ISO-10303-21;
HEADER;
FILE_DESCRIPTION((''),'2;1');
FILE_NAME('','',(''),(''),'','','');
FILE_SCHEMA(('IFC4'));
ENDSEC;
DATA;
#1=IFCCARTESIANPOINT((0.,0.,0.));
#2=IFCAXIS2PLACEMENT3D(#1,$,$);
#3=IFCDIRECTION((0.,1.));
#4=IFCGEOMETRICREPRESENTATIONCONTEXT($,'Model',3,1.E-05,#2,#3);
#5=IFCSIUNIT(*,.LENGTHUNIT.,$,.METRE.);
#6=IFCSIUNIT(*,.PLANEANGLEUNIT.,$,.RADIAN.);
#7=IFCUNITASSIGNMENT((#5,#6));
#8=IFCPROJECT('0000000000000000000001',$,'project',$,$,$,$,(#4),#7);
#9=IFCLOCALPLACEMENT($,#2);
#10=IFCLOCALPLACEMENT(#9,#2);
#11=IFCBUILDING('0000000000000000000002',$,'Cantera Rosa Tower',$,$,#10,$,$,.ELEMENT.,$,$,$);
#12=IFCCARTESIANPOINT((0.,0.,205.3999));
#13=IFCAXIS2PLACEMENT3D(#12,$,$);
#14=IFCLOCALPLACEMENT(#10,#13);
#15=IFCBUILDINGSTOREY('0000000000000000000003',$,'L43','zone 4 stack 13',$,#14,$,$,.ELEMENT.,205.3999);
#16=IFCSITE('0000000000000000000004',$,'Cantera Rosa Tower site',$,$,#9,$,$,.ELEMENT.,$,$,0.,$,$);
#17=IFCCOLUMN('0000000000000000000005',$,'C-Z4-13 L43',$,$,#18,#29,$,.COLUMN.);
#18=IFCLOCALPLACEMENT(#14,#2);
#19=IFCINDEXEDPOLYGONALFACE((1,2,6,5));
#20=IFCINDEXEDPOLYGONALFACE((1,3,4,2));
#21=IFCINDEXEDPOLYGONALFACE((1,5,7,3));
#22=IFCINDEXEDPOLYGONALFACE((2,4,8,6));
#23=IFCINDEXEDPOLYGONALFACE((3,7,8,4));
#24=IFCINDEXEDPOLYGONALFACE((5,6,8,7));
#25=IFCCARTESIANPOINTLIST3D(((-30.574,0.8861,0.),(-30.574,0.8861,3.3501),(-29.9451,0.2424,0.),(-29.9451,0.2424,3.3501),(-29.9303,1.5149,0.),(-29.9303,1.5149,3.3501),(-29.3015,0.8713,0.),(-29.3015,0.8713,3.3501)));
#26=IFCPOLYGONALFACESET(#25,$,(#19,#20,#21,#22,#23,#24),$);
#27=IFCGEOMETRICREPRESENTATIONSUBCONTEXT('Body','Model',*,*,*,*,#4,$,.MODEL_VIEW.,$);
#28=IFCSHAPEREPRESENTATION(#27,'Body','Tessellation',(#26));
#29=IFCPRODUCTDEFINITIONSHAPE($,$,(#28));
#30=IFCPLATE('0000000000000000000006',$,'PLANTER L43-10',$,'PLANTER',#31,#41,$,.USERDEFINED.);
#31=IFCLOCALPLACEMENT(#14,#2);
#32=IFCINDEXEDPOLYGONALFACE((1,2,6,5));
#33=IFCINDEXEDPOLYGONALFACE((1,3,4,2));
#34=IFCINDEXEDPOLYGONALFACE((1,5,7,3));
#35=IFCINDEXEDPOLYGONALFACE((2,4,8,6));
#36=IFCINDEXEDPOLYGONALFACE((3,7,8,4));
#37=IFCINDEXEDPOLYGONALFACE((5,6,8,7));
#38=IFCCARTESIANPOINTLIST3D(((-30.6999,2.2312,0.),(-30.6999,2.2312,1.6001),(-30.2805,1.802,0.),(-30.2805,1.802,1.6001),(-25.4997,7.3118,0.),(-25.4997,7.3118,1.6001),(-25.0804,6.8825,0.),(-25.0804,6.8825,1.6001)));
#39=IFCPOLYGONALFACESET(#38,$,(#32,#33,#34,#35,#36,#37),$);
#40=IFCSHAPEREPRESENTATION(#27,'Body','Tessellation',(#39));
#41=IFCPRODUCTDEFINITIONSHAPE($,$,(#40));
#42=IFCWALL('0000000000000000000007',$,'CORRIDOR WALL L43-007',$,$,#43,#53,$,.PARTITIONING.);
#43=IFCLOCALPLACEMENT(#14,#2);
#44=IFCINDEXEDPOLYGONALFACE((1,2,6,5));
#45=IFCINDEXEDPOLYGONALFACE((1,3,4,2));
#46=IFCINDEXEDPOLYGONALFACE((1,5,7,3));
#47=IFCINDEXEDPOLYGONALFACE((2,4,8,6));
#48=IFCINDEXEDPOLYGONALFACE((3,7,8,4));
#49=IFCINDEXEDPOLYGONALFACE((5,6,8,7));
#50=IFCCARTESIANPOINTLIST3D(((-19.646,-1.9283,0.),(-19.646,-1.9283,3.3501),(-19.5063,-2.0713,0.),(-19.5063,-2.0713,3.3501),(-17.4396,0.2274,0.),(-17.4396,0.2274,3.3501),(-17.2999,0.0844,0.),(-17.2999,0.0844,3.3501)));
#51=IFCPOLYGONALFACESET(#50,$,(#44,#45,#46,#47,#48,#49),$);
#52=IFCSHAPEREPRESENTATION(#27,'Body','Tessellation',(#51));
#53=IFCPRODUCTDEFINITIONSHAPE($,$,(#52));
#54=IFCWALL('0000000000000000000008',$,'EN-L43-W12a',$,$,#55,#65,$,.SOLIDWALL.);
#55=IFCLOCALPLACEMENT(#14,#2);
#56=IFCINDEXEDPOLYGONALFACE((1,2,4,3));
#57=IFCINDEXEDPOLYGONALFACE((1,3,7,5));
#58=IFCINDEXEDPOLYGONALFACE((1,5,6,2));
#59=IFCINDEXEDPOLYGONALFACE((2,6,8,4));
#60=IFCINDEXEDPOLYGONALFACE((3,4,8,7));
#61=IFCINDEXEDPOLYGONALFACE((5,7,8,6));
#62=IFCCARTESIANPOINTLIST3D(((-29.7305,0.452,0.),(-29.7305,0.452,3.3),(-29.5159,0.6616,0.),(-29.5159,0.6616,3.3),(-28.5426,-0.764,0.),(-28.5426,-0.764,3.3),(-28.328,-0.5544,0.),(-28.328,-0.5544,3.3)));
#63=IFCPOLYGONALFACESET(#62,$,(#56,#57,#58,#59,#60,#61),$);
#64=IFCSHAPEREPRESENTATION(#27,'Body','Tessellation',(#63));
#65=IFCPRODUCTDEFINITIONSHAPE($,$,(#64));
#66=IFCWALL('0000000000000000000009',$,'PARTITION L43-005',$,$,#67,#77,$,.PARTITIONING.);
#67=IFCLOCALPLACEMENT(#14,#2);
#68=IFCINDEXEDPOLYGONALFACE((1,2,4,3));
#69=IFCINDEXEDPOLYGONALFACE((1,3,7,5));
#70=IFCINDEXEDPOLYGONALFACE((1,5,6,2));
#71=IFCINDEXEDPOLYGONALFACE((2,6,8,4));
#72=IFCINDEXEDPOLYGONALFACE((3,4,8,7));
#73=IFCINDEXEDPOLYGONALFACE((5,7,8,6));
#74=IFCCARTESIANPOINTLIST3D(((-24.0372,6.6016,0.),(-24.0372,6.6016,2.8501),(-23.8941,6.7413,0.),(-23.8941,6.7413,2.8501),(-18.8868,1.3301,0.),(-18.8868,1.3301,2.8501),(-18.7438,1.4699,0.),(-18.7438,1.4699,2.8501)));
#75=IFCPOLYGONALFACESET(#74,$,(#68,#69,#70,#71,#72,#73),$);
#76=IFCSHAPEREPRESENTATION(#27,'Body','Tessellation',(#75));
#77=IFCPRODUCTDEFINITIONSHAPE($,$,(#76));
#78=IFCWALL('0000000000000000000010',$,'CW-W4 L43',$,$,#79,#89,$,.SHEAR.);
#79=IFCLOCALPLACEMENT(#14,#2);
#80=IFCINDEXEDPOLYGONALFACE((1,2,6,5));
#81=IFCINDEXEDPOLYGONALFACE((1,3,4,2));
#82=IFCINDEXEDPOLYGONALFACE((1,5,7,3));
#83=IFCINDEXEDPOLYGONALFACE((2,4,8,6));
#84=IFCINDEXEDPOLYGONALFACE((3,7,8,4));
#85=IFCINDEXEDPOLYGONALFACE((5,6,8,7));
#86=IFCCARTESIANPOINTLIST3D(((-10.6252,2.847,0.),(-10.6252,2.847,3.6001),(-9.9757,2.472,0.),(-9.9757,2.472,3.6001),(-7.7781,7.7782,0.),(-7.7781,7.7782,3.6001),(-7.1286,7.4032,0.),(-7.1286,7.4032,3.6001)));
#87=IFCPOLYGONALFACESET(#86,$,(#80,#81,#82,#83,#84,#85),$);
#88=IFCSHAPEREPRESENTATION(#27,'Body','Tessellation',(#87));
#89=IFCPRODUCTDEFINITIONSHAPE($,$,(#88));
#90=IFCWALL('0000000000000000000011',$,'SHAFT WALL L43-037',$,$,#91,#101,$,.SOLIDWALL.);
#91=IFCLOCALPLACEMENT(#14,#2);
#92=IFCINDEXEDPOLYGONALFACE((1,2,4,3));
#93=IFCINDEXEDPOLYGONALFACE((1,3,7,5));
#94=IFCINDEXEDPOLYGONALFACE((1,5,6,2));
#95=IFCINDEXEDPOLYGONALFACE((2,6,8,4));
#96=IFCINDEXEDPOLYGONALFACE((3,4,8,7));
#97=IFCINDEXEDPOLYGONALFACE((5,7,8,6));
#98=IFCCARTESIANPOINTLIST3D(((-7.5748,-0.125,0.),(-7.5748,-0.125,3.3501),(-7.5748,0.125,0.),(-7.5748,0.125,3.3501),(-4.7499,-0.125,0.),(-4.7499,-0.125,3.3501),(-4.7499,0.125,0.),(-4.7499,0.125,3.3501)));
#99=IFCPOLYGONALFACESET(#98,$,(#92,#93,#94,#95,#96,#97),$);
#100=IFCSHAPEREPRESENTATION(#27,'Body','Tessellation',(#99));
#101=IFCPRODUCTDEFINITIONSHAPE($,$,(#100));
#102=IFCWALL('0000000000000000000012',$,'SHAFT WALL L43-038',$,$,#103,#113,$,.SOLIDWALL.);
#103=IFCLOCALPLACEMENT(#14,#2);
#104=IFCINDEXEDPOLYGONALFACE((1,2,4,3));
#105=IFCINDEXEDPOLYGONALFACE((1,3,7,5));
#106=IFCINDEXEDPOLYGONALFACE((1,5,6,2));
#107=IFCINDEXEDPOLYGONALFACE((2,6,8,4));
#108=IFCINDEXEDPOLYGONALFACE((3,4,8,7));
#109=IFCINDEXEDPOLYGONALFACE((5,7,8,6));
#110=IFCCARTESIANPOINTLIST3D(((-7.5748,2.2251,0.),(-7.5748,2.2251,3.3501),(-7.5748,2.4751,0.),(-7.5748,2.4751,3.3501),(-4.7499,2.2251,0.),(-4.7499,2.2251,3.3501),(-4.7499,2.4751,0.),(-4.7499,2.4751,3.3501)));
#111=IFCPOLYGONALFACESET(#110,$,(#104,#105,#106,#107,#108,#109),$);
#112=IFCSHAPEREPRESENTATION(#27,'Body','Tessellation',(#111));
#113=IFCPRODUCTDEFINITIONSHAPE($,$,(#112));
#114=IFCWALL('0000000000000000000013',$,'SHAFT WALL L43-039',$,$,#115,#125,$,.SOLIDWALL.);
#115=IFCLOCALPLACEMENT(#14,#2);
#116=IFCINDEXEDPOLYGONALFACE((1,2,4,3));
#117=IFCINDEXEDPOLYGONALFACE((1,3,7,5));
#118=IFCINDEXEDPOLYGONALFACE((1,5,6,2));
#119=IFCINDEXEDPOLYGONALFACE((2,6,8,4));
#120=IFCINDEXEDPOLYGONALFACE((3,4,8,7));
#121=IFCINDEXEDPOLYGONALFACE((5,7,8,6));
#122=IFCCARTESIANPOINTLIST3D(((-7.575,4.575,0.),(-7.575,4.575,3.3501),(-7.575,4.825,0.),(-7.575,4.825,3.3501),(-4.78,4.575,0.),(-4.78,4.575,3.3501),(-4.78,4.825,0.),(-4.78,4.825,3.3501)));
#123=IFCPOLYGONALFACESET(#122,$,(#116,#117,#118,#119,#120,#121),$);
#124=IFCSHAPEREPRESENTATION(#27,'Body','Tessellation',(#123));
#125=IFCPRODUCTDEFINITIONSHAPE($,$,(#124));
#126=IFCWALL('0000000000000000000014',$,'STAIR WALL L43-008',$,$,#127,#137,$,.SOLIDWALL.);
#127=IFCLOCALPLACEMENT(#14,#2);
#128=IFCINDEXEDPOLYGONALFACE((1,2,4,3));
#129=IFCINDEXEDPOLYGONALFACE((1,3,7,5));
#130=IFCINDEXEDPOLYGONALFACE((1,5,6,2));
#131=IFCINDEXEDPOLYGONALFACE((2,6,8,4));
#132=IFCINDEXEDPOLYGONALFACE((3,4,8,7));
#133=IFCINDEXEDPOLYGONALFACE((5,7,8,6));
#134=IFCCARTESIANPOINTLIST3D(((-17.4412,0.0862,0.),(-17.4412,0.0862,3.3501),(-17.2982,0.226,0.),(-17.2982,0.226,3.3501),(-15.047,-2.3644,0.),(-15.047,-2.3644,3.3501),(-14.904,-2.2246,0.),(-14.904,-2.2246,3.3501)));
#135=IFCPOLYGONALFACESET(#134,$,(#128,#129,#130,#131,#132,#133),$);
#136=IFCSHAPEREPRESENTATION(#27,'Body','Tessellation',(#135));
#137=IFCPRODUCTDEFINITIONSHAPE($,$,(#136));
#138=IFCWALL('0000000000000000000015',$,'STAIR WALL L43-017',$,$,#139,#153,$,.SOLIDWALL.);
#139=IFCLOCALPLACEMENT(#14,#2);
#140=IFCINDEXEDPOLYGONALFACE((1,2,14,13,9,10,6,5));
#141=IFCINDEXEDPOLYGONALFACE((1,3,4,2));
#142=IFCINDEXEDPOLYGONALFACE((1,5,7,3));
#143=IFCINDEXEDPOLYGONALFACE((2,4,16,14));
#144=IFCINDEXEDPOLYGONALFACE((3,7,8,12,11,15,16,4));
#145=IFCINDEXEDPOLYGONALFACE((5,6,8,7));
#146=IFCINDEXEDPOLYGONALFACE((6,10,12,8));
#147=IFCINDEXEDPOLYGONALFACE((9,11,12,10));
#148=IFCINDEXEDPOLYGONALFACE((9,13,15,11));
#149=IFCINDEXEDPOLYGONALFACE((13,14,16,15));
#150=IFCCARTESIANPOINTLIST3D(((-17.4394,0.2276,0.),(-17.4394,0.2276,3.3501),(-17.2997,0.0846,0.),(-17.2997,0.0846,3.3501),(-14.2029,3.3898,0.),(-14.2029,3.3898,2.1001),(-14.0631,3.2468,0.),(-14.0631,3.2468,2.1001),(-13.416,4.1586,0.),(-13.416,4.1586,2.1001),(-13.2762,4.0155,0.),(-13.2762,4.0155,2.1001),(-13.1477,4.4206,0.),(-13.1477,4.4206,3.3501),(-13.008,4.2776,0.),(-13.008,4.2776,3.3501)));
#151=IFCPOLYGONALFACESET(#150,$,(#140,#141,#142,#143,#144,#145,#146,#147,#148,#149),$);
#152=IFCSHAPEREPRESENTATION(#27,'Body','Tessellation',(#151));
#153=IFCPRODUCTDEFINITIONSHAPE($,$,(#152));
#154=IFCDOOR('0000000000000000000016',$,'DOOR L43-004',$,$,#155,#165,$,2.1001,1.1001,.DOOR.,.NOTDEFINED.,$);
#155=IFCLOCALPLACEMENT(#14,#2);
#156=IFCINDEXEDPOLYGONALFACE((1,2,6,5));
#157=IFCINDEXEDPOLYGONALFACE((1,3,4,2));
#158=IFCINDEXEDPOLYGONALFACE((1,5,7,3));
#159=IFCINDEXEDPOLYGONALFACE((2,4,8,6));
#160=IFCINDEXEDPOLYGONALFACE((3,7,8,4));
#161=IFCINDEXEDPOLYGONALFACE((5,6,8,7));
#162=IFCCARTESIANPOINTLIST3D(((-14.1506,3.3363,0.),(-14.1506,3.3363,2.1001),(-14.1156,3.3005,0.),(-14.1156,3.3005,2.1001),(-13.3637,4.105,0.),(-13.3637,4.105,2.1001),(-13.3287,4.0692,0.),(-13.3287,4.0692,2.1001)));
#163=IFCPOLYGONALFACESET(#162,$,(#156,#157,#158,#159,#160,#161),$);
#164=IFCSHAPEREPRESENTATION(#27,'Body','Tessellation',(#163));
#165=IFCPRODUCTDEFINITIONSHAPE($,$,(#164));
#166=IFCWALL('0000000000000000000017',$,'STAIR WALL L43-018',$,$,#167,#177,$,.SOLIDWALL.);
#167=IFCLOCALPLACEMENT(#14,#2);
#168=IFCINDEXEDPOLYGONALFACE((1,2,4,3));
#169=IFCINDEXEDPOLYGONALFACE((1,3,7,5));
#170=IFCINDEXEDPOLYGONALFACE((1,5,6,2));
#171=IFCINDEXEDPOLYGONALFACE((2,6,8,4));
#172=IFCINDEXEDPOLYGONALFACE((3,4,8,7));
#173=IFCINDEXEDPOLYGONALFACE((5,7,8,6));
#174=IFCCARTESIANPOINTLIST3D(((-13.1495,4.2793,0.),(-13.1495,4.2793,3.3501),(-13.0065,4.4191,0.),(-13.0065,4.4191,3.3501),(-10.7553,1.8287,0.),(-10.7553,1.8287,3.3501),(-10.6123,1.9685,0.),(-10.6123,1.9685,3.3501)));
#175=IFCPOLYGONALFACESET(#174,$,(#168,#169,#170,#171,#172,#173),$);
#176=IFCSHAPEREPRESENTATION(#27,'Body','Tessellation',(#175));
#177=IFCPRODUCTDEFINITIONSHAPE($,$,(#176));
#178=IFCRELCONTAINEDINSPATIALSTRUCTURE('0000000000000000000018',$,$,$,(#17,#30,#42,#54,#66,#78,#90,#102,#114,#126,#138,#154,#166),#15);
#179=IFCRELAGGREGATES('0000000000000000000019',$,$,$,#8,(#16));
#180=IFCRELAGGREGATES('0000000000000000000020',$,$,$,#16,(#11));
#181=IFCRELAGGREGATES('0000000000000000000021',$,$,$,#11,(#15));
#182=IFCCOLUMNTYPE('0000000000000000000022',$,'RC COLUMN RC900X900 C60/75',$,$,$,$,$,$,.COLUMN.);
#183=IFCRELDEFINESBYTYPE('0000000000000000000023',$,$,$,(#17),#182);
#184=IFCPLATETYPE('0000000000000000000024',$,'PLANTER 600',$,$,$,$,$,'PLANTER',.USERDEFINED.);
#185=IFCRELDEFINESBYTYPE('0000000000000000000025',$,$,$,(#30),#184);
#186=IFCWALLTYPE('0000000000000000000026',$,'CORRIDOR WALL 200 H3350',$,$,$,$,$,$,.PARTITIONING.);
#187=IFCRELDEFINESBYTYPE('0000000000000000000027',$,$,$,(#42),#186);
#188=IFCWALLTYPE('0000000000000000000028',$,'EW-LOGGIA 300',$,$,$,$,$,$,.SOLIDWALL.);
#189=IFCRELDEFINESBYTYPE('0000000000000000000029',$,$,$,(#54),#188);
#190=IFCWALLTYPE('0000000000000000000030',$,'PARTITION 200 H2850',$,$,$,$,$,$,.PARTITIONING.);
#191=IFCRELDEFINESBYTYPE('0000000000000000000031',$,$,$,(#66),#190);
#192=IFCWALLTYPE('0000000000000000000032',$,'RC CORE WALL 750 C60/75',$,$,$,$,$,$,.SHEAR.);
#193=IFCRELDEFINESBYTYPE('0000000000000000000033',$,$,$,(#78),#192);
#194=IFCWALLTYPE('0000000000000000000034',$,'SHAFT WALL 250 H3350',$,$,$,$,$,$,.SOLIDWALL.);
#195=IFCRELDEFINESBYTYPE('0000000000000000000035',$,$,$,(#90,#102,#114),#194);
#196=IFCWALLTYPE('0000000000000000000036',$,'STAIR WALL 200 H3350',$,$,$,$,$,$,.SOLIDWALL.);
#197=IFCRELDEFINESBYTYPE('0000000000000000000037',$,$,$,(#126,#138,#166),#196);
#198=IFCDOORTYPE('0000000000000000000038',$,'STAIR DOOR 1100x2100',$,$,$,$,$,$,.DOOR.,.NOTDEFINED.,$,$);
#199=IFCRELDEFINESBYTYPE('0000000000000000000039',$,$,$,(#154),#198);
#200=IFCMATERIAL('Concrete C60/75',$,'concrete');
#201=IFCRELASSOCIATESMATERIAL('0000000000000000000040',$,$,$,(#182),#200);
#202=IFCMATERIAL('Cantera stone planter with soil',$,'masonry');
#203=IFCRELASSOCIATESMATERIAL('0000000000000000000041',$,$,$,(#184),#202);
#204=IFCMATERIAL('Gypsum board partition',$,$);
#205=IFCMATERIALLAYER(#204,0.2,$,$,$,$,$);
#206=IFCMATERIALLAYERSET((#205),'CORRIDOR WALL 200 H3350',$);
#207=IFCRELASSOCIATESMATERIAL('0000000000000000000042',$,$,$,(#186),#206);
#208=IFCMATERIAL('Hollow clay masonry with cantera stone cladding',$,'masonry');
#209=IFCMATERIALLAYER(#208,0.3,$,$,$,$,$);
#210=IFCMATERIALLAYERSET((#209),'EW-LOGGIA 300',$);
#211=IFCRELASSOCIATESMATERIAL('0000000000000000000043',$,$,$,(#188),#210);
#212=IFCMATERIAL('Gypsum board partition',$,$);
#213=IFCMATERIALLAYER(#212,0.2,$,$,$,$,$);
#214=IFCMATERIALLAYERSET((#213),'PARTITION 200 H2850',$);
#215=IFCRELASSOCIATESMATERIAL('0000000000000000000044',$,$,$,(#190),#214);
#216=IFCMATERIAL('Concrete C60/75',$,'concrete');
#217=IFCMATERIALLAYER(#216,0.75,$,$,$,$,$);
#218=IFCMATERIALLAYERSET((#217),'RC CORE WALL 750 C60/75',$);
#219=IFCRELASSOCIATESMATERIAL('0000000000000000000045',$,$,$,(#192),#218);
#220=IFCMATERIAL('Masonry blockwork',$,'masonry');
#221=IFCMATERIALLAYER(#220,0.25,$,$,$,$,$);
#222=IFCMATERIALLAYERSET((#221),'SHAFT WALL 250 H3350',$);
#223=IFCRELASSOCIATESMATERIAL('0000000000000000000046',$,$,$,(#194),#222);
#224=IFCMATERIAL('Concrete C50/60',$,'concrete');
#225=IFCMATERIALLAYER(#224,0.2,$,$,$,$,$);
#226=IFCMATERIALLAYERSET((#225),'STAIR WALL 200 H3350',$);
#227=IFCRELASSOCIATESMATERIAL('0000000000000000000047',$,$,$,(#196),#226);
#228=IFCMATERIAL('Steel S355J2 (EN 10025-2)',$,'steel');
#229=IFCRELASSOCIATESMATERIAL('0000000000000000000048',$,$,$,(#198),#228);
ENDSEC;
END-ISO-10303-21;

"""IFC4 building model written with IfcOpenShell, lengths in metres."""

from ifc_helpers import new_model, si_unit, direction, frame, frame_2d, origin, origin_2d, place, context, subcontext, project, spatial, rectangle, extrude, material, layer, layer_set, material_profile, profile_set, type_object, element, fill, save


model = new_model("IFC4")

# Units and contexts
model_context = context("Model", 3, precision=1e-05, world=origin(), true_north=direction((0.0, 1.0)))
body_context = subcontext(model_context, "Body", "Model", "MODEL_VIEW")
ifc_project = project(units=[si_unit("LENGTHUNIT", "METRE"), si_unit("PLANEANGLEUNIT", "RADIAN")], contexts=[model_context])

# Site, building, storey
site_placement = place(None, origin())
site = spatial("IfcSite", under=ifc_project, at=site_placement, Name="Cantera Rosa Tower site", CompositionType="ELEMENT", RefElevation=0.0)
building_placement = place(site_placement, origin())
building = spatial("IfcBuilding", under=site, at=building_placement, Name="Cantera Rosa Tower", CompositionType="ELEMENT")
storey_placement = place(building_placement, frame((0.0, 0.0, 205.3999)))
storey = spatial("IfcBuildingStorey", under=building, at=storey_placement, Name="L43", Description="zone 4 stack 13", CompositionType="ELEMENT", Elevation=205.3999)

# Column
ifc_material_1 = material(Name="Concrete C60/75", Category="concrete")
ifc_material_profile = material_profile(ifc_material_1, rectangle(XDim=0.8999, YDim=0.8999, at=origin_2d()), Name="RC COLUMN RC900X900 C60/75")
ifc_profile_set = profile_set([ifc_material_profile], Name="Concrete C60/75")
column_type = type_object("IfcColumnType", Name="RC COLUMN RC900X900 C60/75", PredefinedType="COLUMN", material=ifc_profile_set)
column_placement = place(storey_placement, frame((-29.9377, 0.8787, 0.0), z_axis=(0.0, 0.0, 1.0), x_axis=(0.715286, 0.698832, 0.0)))
element("IfcColumn", 1, at=column_placement, inside=storey, type_object=column_type, Name="C-Z4-13 L43", PredefinedType="COLUMN", context=body_context, shape_type="SweptSolid", body=[
    extrude(rectangle(XDim=0.8999, YDim=0.8999, at=origin_2d()), origin(), (0.0, 0.0, 1.0), 3.3501),
])

# Plate
ifc_material_2 = material(Name="Cantera stone planter with soil", Category="masonry")
plate_type = type_object("IfcPlateType", Name="PLANTER 600", ElementType="PLANTER", PredefinedType="USERDEFINED", material=ifc_material_2)
plate_placement = place(storey_placement, frame((-27.8901, 4.5569, 0.0), z_axis=(0.0, 0.0, 1.0), x_axis=(-0.715286, -0.698832, 0.0)))
element("IfcPlate", 2, at=plate_placement, inside=storey, type_object=plate_type, Name="PLANTER L43-10", ObjectType="PLANTER", PredefinedType="USERDEFINED", context=body_context, shape_type="SweptSolid", body=[
    extrude(rectangle(XDim=7.27, YDim=0.6001, at=origin_2d()), origin(), (0.0, 0.0, 1.0), 1.6001),
])

# Walls
ifc_material_3 = material(Name="Gypsum board partition")
ifc_layer_1 = layer(ifc_material_3, 0.2)
ifc_layer_set_1 = layer_set([ifc_layer_1], Name="CORRIDOR WALL 200 H3350")
wall_type_1 = type_object("IfcWallType", Name="CORRIDOR WALL 200 H3350", PredefinedType="PARTITIONING", material=ifc_layer_set_1)
wall_1_placement = place(storey_placement, frame((-17.3696, 0.156, 0.0), z_axis=(0.0, 0.0, 1.0), x_axis=(-0.71529, -0.698828, 0.0)))
element("IfcWall", 3, at=wall_1_placement, inside=storey, type_object=wall_type_1, Name="CORRIDOR WALL L43-007", PredefinedType="PARTITIONING", context=body_context, shape_type="SweptSolid", body=[
    extrude(rectangle(XDim=3.0847, YDim=0.2, at=frame_2d((1.5425, 0.0))), origin(), (0.0, 0.0, 1.0), 3.3501),
])
ifc_material_4 = material(Name="Hollow clay masonry with cantera stone cladding", Category="masonry")
ifc_layer_2 = layer(ifc_material_4, 0.3)
ifc_layer_set_2 = layer_set([ifc_layer_2], Name="EW-LOGGIA 300")
wall_type_2 = type_object("IfcWallType", Name="EW-LOGGIA 300", PredefinedType="SOLIDWALL", material=ifc_layer_set_2)
wall_2_placement = place(storey_placement, frame((-29.6233, 0.5569, 0.0), z_axis=(0.0, 0.0, 1.0), x_axis=(0.698801, -0.715316, 0.0)))
element("IfcWall", 4, at=wall_2_placement, inside=storey, type_object=wall_type_2, Name="EN-L43-W12a", PredefinedType="SOLIDWALL", context=body_context, shape_type="SweptSolid", body=[
    extrude(rectangle(XDim=1.7, YDim=0.3, at=frame_2d((0.8501, 0.0))), origin(), (0.0, 0.0, 1.0), 3.3),
])
ifc_material_5 = material(Name="Gypsum board partition")
ifc_layer_3 = layer(ifc_material_5, 0.2)
ifc_layer_set_3 = layer_set([ifc_layer_3], Name="PARTITION 200 H2850")
wall_type_3 = type_object("IfcWallType", Name="PARTITION 200 H2850", PredefinedType="PARTITIONING", material=ifc_layer_set_3)
wall_3_placement = place(storey_placement, frame((-18.8152, 1.3999, 0.0), z_axis=(0.0, 0.0, 1.0), x_axis=(-0.698844, 0.715275, 0.0)))
element("IfcWall", 5, at=wall_3_placement, inside=storey, type_object=wall_type_3, Name="PARTITION L43-005", PredefinedType="PARTITIONING", context=body_context, shape_type="SweptSolid", body=[
    extrude(rectangle(XDim=7.3699, YDim=0.2, at=frame_2d((3.6851, 0.0))), origin(), (0.0, 0.0, 1.0), 2.8501),
])
ifc_material_6 = material(Name="Concrete C60/75", Category="concrete")
ifc_layer_4 = layer(ifc_material_6, 0.75)
ifc_layer_set_4 = layer_set([ifc_layer_4], Name="RC CORE WALL 750 C60/75")
wall_type_4 = type_object("IfcWallType", Name="RC CORE WALL 750 C60/75", PredefinedType="SHEAR", material=ifc_layer_set_4)
wall_4_placement = place(storey_placement, frame((-10.3005, 2.6594, 0.0), z_axis=(0.0, 0.0, 1.0), x_axis=(0.500022, 0.866013, 0.0)))
element("IfcWall", 6, at=wall_4_placement, inside=storey, type_object=wall_type_4, Name="CW-W4 L43", PredefinedType="SHEAR", context=body_context, shape_type="SweptSolid", body=[
    extrude(rectangle(XDim=5.6941, YDim=0.75, at=frame_2d((2.8472, 0.0))), origin(), (0.0, 0.0, 1.0), 3.6001),
])
ifc_material_7 = material(Name="Masonry blockwork", Category="masonry")
ifc_layer_5 = layer(ifc_material_7, 0.25)
ifc_layer_set_5 = layer_set([ifc_layer_5], Name="SHAFT WALL 250 H3350")
wall_type_5 = type_object("IfcWallType", Name="SHAFT WALL 250 H3350", PredefinedType="SOLIDWALL", material=ifc_layer_set_5)
for number, where, z_axis, x_axis, name in (
    (7, (-7.575, 0.0, 0.0), (0.0, 0.0, 1.0), (1.0, 0.0, 0.0), "SHAFT WALL L43-037"),
    (8, (-7.575, 2.3501, 0.0), (0.0, 0.0, 1.0), (1.0, 0.0, 0.0), "SHAFT WALL L43-038"),
):
    element("IfcWall", number, at=place(storey_placement, frame(where, z_axis=z_axis, x_axis=x_axis)), inside=storey, type_object=wall_type_5, Name=name, PredefinedType="SOLIDWALL", context=body_context, shape_type="SweptSolid", body=[
        extrude(rectangle(XDim=2.825, YDim=0.25, at=frame_2d((1.4126, 0.0))), origin(), (0.0, 0.0, 1.0), 3.3501),
    ])
wall_5_placement = place(storey_placement, frame((-7.575, 4.7, 0.0), z_axis=(0.0, 0.0, 1.0), x_axis=(1.0, 0.0, 0.0)))
element("IfcWall", 9, at=wall_5_placement, inside=storey, type_object=wall_type_5, Name="SHAFT WALL L43-039", PredefinedType="SOLIDWALL", context=body_context, shape_type="SweptSolid", body=[
    extrude(rectangle(XDim=2.7949, YDim=0.25, at=frame_2d((1.3975, 0.0))), origin(), (0.0, 0.0, 1.0), 3.3501),
])
ifc_material_8 = material(Name="Concrete C50/60", Category="concrete")
ifc_layer_6 = layer(ifc_material_8, 0.2)
ifc_layer_set_6 = layer_set([ifc_layer_6], Name="STAIR WALL 200 H3350")
wall_type_6 = type_object("IfcWallType", Name="STAIR WALL 200 H3350", PredefinedType="SOLIDWALL", material=ifc_layer_set_6)
wall_6_placement = place(storey_placement, frame((-17.3696, 0.156, 0.0), z_axis=(0.0, 0.0, 1.0), x_axis=(0.698829, -0.715289, 0.0)))
element("IfcWall", 10, at=wall_6_placement, inside=storey, type_object=wall_type_6, Name="STAIR WALL L43-008", PredefinedType="SOLIDWALL", context=body_context, shape_type="SweptSolid", body=[
    extrude(rectangle(XDim=3.426, YDim=0.2, at=frame_2d((1.7129, 0.0))), origin(), (0.0, 0.0, 1.0), 3.3501),
])

# Wall, opening, door
wall_7_placement = place(storey_placement, frame((-13.0779, 4.3491, 0.0), z_axis=(0.0, 0.0, 1.0), x_axis=(-0.715278, -0.69884, 0.0)))
wall_7 = element("IfcWall", 11, at=wall_7_placement, inside=storey, type_object=wall_type_6, Name="STAIR WALL L43-017", PredefinedType="SOLIDWALL", context=body_context, shape_type="SweptSolid", body=[
    extrude(rectangle(XDim=6.0, YDim=0.2, at=frame_2d((3.0, 0.0))), origin(), (0.0, 0.0, 1.0), 3.3501),
])
opening_placement = place(wall_7_placement, frame((0.375, 0.0, 0.0)))
opening = element("IfcOpeningElement", 12, at=opening_placement, cuts=wall_7, PredefinedType="OPENING", context=body_context, shape_type="SweptSolid", body=[
    extrude(rectangle(XDim=1.1001, YDim=2.1001, at=frame_2d((0.55, 1.05))), frame((0.0, 0.1099, 0.0), z_axis=(0.0, -1.0, 0.0), x_axis=(1.0, 0.0, 0.0)), (0.0, 0.0, 1.0), 0.22),
])
ifc_material_9 = material(Name="Steel S355J2 (EN 10025-2)", Category="steel")
door_type = type_object("IfcDoorType", Name="STAIR DOOR 1100x2100", OperationType="NOTDEFINED", PredefinedType="DOOR", material=ifc_material_9)
door_placement = place(opening_placement, origin())
door = element("IfcDoor", 13, at=door_placement, inside=storey, type_object=door_type, Name="DOOR L43-004", OperationType="NOTDEFINED", OverallHeight=2.1001, OverallWidth=1.1001, PredefinedType="DOOR", context=body_context, shape_type="SweptSolid", body=[
    extrude(rectangle(XDim=1.1001, YDim=2.1001, at=frame_2d((0.55, 1.05))), frame((0.0, 0.0249, 0.0), z_axis=(0.0, -1.0, 0.0), x_axis=(1.0, 0.0, 0.0)), (0.0, 0.0, 1.0), 0.05),
])
fill(opening, door)

# Wall
wall_8_placement = place(storey_placement, frame((-13.0779, 4.3491, 0.0), z_axis=(0.0, 0.0, 1.0), x_axis=(0.698829, -0.715289, 0.0)))
element("IfcWall", 14, at=wall_8_placement, inside=storey, type_object=wall_type_6, Name="STAIR WALL L43-018", PredefinedType="SOLIDWALL", context=body_context, shape_type="SweptSolid", body=[
    extrude(rectangle(XDim=3.426, YDim=0.2, at=frame_2d((1.7129, 0.0))), origin(), (0.0, 0.0, 1.0), 3.3501),
])

save(model, "model.ifc")
